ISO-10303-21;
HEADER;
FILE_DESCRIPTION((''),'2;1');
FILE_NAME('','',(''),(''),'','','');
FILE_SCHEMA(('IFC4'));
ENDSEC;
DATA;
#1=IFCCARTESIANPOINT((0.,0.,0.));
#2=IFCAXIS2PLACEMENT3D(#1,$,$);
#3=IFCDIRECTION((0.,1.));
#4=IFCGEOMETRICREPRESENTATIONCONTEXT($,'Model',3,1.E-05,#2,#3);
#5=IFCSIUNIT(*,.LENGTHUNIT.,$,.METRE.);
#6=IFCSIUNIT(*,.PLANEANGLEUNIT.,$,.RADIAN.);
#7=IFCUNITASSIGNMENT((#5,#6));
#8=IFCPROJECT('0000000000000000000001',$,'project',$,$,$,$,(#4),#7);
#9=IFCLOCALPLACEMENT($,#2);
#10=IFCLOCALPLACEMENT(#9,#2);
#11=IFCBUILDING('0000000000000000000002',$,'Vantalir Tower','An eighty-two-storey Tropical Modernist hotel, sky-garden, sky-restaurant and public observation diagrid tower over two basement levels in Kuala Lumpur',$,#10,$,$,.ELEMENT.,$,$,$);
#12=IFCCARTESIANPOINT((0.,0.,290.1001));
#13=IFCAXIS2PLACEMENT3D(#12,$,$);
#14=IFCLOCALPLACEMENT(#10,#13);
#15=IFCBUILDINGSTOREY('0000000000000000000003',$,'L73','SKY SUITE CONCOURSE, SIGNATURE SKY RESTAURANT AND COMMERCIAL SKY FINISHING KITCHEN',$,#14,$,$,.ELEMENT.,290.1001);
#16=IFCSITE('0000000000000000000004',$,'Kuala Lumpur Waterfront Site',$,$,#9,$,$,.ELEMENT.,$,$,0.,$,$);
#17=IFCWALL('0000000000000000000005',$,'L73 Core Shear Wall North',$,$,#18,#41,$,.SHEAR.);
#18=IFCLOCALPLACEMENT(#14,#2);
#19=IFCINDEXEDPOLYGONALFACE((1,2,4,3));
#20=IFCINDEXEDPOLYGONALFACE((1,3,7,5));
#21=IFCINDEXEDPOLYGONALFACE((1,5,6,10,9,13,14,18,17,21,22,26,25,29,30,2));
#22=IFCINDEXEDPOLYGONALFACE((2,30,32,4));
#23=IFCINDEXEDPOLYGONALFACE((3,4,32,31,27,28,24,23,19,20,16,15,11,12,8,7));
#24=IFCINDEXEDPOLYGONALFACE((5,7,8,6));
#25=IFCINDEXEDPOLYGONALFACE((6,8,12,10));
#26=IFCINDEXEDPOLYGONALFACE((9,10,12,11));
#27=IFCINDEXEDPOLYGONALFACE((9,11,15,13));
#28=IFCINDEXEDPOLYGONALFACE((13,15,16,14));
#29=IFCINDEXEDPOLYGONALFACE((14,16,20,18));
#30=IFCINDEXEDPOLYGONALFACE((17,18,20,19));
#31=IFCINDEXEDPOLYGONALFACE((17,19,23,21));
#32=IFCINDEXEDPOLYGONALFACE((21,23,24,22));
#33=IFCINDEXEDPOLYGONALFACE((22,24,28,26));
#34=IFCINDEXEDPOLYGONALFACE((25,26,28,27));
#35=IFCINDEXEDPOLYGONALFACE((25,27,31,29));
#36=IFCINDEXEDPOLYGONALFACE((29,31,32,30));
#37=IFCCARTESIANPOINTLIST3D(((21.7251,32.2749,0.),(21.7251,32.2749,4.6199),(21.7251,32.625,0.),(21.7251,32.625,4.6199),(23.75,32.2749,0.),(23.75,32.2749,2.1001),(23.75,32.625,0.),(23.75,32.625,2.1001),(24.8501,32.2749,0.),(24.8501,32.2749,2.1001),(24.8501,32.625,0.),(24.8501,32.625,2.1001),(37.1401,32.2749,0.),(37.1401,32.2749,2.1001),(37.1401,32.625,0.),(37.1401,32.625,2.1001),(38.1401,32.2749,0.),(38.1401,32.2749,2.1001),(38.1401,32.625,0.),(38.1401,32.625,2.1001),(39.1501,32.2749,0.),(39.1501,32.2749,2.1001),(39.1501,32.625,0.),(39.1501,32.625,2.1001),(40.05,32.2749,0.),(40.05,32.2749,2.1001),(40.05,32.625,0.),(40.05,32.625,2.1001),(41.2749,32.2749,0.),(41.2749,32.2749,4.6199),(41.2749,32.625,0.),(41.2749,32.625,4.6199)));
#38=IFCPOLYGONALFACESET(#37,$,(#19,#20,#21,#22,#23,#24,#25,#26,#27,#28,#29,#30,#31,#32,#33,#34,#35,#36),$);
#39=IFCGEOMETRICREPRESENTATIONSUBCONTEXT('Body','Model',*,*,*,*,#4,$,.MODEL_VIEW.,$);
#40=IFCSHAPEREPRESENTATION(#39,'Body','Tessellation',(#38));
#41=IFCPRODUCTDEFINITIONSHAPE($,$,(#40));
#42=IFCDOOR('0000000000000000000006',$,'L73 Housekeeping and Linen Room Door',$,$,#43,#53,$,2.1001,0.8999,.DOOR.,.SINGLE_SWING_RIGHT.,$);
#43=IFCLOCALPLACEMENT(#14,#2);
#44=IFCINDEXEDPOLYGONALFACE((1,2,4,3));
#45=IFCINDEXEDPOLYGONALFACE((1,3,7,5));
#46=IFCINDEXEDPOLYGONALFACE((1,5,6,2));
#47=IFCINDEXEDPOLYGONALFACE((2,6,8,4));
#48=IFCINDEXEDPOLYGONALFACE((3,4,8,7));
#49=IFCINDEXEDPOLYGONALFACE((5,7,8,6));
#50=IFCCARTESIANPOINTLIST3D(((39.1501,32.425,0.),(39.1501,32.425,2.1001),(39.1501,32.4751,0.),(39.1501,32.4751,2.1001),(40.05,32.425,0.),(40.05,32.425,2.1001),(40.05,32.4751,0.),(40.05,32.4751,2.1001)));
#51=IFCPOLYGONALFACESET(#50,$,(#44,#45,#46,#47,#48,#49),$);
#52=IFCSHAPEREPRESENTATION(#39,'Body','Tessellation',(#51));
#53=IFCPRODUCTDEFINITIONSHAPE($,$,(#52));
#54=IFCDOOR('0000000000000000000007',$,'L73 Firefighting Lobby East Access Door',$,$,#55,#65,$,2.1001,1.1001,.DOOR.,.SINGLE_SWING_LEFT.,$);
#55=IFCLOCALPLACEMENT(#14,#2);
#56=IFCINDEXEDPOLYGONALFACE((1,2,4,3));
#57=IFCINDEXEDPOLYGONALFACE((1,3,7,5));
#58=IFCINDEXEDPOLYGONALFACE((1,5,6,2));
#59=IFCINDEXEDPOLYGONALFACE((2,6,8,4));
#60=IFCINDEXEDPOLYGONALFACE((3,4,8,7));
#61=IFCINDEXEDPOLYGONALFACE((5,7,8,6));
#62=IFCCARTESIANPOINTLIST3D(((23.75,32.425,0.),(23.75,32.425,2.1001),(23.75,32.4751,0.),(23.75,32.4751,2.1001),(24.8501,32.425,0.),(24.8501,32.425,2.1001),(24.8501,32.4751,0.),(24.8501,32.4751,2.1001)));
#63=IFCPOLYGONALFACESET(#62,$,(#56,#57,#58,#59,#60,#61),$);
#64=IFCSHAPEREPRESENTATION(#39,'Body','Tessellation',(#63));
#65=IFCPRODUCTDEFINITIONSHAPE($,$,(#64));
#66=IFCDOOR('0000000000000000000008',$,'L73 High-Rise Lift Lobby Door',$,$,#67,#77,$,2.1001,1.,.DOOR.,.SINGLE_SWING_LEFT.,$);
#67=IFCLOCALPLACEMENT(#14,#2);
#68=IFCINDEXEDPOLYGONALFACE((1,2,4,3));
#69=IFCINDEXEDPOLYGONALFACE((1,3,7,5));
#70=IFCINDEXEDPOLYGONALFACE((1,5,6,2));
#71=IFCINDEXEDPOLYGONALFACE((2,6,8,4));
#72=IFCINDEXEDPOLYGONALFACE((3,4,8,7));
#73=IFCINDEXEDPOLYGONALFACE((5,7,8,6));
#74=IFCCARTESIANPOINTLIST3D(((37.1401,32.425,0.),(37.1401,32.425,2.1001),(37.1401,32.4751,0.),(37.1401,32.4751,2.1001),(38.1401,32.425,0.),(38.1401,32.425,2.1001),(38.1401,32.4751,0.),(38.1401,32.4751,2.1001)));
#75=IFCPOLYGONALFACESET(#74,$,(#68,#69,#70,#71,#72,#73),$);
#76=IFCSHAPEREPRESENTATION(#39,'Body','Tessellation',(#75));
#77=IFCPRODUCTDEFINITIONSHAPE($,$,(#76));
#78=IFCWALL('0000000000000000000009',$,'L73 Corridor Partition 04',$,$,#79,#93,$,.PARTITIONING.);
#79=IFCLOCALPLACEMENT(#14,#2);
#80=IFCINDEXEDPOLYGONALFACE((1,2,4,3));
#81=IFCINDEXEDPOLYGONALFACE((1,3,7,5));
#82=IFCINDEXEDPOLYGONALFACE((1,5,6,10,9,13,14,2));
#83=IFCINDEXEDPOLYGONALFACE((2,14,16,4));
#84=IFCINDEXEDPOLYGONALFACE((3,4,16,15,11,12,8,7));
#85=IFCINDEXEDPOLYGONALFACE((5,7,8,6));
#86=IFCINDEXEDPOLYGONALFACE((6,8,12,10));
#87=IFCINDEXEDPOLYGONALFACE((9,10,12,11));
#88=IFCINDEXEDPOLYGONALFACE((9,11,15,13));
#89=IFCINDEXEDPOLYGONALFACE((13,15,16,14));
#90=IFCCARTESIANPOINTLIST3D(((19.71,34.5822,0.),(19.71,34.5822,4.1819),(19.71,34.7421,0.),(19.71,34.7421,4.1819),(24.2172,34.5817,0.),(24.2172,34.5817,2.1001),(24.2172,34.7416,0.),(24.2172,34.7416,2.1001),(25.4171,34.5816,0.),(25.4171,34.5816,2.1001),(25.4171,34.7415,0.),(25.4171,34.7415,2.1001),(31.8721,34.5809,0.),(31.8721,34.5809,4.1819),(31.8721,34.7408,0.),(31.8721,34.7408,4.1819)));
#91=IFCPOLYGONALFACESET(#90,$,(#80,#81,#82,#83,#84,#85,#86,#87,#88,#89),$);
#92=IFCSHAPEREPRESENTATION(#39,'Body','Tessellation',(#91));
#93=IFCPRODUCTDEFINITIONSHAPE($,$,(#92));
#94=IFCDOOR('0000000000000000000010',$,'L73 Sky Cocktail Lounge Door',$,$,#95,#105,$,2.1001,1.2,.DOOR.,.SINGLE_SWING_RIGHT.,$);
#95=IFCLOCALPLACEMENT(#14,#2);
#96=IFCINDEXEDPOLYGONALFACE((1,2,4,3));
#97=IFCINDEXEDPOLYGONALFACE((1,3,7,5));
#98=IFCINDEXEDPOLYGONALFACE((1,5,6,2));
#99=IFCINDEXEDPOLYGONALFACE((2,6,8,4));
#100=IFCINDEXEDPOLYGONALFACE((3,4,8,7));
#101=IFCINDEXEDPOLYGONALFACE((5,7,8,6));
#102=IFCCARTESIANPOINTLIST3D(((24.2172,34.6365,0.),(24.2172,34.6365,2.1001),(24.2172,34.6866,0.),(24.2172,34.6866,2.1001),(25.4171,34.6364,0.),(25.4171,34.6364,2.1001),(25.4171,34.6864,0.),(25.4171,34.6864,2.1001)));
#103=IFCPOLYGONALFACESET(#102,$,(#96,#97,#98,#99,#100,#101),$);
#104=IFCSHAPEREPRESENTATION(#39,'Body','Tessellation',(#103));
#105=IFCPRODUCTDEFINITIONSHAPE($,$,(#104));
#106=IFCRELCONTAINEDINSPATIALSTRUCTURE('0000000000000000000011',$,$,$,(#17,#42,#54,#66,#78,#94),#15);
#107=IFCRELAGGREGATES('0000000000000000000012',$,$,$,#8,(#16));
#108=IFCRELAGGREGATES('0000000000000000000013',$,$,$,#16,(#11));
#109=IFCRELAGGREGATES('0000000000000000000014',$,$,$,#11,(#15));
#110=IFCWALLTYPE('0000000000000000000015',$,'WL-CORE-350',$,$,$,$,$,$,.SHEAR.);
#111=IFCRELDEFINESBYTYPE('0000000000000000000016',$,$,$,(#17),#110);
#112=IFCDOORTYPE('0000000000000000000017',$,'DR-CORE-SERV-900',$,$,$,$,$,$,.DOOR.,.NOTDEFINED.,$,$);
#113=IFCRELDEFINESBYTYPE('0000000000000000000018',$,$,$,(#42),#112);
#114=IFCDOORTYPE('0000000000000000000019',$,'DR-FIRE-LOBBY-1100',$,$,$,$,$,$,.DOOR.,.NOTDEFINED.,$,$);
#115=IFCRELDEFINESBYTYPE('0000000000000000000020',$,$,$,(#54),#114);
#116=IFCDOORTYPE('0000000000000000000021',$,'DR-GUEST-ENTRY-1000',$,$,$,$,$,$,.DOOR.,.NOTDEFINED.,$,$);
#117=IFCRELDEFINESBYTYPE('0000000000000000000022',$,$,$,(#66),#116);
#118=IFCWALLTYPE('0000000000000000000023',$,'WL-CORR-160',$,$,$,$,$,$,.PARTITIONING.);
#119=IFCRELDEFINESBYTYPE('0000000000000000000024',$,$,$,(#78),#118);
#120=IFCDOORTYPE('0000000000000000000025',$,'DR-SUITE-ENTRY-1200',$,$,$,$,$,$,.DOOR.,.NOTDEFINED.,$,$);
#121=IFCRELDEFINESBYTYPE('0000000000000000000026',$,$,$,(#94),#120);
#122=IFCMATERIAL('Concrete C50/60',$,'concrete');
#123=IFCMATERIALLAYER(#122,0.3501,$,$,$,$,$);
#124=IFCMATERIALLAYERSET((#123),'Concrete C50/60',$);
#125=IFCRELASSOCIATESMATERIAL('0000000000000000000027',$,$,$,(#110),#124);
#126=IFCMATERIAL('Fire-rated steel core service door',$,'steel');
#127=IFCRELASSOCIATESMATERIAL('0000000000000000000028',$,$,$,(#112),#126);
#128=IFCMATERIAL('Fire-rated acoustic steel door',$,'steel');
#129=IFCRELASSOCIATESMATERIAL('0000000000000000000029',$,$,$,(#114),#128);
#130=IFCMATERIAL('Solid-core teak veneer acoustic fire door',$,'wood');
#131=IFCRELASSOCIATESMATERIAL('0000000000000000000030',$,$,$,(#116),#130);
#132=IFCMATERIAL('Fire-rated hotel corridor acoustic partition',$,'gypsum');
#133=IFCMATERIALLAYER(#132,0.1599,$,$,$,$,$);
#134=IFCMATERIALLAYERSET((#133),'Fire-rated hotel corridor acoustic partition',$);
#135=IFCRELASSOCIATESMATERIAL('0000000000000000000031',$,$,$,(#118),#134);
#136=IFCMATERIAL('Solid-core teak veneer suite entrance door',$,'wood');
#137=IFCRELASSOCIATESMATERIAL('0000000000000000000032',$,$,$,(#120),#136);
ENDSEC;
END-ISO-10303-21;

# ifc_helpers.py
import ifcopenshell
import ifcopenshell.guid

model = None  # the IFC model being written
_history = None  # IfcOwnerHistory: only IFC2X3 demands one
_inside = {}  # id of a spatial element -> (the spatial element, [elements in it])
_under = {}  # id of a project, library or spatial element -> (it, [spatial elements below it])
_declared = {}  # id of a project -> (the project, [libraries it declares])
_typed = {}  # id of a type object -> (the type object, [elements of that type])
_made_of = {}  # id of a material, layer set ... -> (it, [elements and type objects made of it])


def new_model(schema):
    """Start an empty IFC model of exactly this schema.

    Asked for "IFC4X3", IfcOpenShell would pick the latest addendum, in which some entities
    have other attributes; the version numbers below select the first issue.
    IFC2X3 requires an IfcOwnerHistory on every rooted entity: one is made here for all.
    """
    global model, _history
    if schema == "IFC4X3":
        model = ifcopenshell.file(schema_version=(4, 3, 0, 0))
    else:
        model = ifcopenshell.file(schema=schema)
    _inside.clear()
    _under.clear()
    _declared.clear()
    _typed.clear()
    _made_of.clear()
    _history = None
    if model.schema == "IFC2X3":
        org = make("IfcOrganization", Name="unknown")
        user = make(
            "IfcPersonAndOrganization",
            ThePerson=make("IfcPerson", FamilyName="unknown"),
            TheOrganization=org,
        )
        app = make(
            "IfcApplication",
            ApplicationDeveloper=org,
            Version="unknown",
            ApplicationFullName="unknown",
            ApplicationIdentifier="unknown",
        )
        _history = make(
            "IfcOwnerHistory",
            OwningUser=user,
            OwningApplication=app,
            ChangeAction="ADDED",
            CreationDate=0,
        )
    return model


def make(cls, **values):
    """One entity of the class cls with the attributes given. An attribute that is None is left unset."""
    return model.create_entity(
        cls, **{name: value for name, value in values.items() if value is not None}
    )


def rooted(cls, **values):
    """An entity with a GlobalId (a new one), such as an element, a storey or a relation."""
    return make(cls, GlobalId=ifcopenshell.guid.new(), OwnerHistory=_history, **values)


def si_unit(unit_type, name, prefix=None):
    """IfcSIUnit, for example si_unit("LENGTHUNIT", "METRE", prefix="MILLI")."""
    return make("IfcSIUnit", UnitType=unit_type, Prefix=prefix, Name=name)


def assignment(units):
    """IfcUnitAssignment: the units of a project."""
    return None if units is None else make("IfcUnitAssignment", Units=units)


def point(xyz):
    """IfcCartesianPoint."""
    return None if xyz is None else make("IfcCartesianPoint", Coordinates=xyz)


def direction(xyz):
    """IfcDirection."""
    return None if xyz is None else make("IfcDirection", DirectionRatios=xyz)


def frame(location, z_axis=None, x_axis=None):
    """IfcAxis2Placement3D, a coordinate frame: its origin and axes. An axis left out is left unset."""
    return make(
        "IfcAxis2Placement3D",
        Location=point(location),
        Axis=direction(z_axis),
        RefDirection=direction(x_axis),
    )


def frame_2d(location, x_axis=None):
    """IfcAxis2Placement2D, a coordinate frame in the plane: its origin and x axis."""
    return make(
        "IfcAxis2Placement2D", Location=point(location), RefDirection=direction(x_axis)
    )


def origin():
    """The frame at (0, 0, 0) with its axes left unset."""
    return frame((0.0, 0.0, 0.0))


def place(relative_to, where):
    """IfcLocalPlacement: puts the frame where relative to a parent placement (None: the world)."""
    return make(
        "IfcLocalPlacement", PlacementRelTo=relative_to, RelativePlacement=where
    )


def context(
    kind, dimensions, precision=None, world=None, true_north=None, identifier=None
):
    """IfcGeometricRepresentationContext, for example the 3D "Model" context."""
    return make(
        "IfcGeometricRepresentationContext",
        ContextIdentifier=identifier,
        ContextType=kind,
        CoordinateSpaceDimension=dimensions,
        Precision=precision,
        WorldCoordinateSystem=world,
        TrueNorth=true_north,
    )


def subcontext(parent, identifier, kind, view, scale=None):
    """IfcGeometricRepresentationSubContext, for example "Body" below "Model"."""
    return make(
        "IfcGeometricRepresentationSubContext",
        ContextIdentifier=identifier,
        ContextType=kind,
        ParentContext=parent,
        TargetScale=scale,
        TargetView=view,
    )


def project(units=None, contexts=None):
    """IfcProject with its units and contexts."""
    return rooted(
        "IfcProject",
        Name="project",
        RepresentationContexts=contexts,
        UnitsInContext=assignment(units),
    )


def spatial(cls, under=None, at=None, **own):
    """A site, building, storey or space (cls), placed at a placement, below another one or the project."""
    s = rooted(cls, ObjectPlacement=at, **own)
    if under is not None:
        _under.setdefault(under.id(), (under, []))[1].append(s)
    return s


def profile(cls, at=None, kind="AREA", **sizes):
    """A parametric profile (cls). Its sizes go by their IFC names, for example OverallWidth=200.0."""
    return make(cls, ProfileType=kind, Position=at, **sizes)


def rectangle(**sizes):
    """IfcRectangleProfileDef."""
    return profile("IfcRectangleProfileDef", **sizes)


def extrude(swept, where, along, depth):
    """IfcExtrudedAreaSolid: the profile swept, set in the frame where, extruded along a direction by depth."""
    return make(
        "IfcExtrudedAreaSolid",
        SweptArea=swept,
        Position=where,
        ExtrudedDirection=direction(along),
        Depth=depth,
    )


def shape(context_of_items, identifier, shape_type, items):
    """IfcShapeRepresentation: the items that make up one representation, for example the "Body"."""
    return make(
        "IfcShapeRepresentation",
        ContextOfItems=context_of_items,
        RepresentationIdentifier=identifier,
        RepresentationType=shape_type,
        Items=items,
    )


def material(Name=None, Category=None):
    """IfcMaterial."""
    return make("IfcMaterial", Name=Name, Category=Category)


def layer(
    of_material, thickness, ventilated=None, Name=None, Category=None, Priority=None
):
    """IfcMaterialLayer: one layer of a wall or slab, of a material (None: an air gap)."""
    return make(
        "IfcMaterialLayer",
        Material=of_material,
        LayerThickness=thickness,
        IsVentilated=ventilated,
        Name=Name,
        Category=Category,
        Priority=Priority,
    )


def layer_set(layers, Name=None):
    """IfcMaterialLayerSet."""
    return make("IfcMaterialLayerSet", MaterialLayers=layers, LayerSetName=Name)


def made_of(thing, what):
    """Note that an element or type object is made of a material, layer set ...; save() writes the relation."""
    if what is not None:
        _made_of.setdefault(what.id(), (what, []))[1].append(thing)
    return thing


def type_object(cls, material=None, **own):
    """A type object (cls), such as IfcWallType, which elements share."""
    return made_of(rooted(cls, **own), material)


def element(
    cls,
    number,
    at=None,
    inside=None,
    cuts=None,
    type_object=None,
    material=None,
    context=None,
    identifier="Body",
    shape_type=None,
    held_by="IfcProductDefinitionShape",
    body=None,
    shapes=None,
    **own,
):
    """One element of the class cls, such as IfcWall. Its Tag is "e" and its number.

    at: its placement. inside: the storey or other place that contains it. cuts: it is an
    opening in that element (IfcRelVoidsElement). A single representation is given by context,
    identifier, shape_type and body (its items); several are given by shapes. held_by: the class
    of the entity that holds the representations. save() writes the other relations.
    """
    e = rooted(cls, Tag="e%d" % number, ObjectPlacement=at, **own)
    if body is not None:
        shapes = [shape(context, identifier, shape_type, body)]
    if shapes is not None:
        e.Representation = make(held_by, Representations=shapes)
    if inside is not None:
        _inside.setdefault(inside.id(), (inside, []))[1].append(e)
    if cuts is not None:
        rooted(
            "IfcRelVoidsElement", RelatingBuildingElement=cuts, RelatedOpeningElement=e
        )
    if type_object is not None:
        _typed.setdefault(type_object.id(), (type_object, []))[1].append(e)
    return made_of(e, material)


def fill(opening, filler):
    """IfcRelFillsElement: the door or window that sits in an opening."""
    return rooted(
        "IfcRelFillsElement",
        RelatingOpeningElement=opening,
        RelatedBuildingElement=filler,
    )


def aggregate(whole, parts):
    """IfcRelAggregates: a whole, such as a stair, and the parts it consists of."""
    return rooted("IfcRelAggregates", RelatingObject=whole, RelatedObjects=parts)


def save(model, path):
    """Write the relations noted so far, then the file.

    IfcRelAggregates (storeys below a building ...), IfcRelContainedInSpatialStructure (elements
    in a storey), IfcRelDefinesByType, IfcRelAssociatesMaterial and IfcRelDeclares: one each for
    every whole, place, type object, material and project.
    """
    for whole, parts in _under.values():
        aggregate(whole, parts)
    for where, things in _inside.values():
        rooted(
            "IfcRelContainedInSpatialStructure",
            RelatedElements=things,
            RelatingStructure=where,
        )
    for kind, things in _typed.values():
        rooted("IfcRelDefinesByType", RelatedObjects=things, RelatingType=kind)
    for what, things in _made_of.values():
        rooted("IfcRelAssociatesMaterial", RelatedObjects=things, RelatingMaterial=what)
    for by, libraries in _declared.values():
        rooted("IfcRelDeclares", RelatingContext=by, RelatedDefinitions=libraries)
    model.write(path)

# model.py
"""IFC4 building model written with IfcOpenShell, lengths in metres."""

from ifc_helpers import new_model, si_unit, direction, frame, frame_2d, origin, place, context, subcontext, project, spatial, rectangle, extrude, material, layer, layer_set, type_object, element, fill, save


model = new_model("IFC4")

# Units and contexts
model_context = context("Model", 3, precision=1e-05, world=origin(), true_north=direction((0.0, 1.0)))
body_context = subcontext(model_context, "Body", "Model", "MODEL_VIEW")
ifc_project = project(units=[si_unit("LENGTHUNIT", "METRE"), si_unit("PLANEANGLEUNIT", "RADIAN")], contexts=[model_context])

# Site, building, storey
site_placement = place(None, origin())
site = spatial("IfcSite", under=ifc_project, at=site_placement, Name="Kuala Lumpur Waterfront Site", CompositionType="ELEMENT", RefElevation=0.0)
building_placement = place(site_placement, origin())
building = spatial("IfcBuilding", under=site, at=building_placement, Name="Vantalir Tower", Description="An eighty-two-storey Tropical Modernist hotel, sky-garden, sky-restaurant and public observation diagrid tower over two basement levels in Kuala Lumpur", CompositionType="ELEMENT")
storey_placement = place(building_placement, frame((0.0, 0.0, 290.1001)))
storey = spatial("IfcBuildingStorey", under=building, at=storey_placement, Name="L73", Description="SKY SUITE CONCOURSE, SIGNATURE SKY RESTAURANT AND COMMERCIAL SKY FINISHING KITCHEN", CompositionType="ELEMENT", Elevation=290.1001)

# Wall, openings, doors
ifc_material_1 = material(Name="Concrete C50/60", Category="concrete")
ifc_layer_1 = layer(ifc_material_1, 0.3501)
ifc_layer_set_1 = layer_set([ifc_layer_1], Name="Concrete C50/60")
wall_type_1 = type_object("IfcWallType", Name="WL-CORE-350", PredefinedType="SHEAR", material=ifc_layer_set_1)
wall_1_placement = place(storey_placement, frame((21.7251, 32.45, 0.0), z_axis=(0.0, 0.0, 1.0), x_axis=(1.0, 0.0, 0.0)))
wall_1 = element("IfcWall", 1, at=wall_1_placement, inside=storey, type_object=wall_type_1, Name="L73 Core Shear Wall North", PredefinedType="SHEAR", context=body_context, shape_type="SweptSolid", body=[
    extrude(rectangle(XDim=19.5498, YDim=0.3501, at=frame_2d((9.7749, 0.0))), origin(), (0.0, 0.0, 1.0), 4.6199),
])
opening_1_placement = place(wall_1_placement, frame((2.0249, 0.0, 0.0)))
opening_1 = element("IfcOpeningElement", 2, at=opening_1_placement, cuts=wall_1, PredefinedType="OPENING", context=body_context, shape_type="SweptSolid", body=[
    extrude(rectangle(XDim=1.1001, YDim=2.1001, at=frame_2d((0.55, 1.05))), frame((0.0, 0.1851, 0.0), z_axis=(0.0, -1.0, 0.0), x_axis=(1.0, 0.0, 0.0)), (0.0, 0.0, 1.0), 0.3701),
])
opening_2_placement = place(wall_1_placement, frame((15.415, 0.0, 0.0)))
opening_2 = element("IfcOpeningElement", 3, at=opening_2_placement, cuts=wall_1, PredefinedType="OPENING", context=body_context, shape_type="SweptSolid", body=[
    extrude(rectangle(XDim=1.0, YDim=2.1001, at=frame_2d((0.5, 1.05))), frame((0.0, 0.1851, 0.0), z_axis=(0.0, -1.0, 0.0), x_axis=(1.0, 0.0, 0.0)), (0.0, 0.0, 1.0), 0.3701),
])
opening_3_placement = place(wall_1_placement, frame((17.425, 0.0, 0.0)))
opening_3 = element("IfcOpeningElement", 4, at=opening_3_placement, cuts=wall_1, PredefinedType="OPENING", context=body_context, shape_type="SweptSolid", body=[
    extrude(rectangle(XDim=0.8999, YDim=2.1001, at=frame_2d((0.45, 1.05))), frame((0.0, 0.1851, 0.0), z_axis=(0.0, -1.0, 0.0), x_axis=(1.0, 0.0, 0.0)), (0.0, 0.0, 1.0), 0.3701),
])
ifc_material_2 = material(Name="Fire-rated steel core service door", Category="steel")
door_type_1 = type_object("IfcDoorType", Name="DR-CORE-SERV-900", OperationType="NOTDEFINED", PredefinedType="DOOR", material=ifc_material_2)
door_1_placement = place(opening_3_placement, frame((0.8999, 0.0, 0.0), z_axis=(0.0, 0.0, 1.0), x_axis=(-1.0, 0.0, 0.0)))
door_1 = element("IfcDoor", 5, at=door_1_placement, inside=storey, type_object=door_type_1, Name="L73 Housekeeping and Linen Room Door", OperationType="SINGLE_SWING_RIGHT", OverallHeight=2.1001, OverallWidth=0.8999, PredefinedType="DOOR", context=body_context, shape_type="SweptSolid", body=[
    extrude(rectangle(XDim=0.8999, YDim=2.1001, at=frame_2d((0.45, 1.05))), frame((0.0, 0.0249, 0.0), z_axis=(0.0, -1.0, 0.0), x_axis=(1.0, 0.0, 0.0)), (0.0, 0.0, 1.0), 0.05),
])
fill(opening_3, door_1)
ifc_material_3 = material(Name="Fire-rated acoustic steel door", Category="steel")
door_type_2 = type_object("IfcDoorType", Name="DR-FIRE-LOBBY-1100", OperationType="NOTDEFINED", PredefinedType="DOOR", material=ifc_material_3)
door_2_placement = place(opening_1_placement, frame((1.1001, 0.0, 0.0), z_axis=(0.0, 0.0, 1.0), x_axis=(-1.0, 0.0, 0.0)))
door_2 = element("IfcDoor", 6, at=door_2_placement, inside=storey, type_object=door_type_2, Name="L73 Firefighting Lobby East Access Door", OperationType="SINGLE_SWING_LEFT", OverallHeight=2.1001, OverallWidth=1.1001, PredefinedType="DOOR", context=body_context, shape_type="SweptSolid", body=[
    extrude(rectangle(XDim=1.1001, YDim=2.1001, at=frame_2d((0.55, 1.05))), frame((0.0, 0.0249, 0.0), z_axis=(0.0, -1.0, 0.0), x_axis=(1.0, 0.0, 0.0)), (0.0, 0.0, 1.0), 0.05),
])
fill(opening_1, door_2)
ifc_material_4 = material(Name="Solid-core teak veneer acoustic fire door", Category="wood")
door_type_3 = type_object("IfcDoorType", Name="DR-GUEST-ENTRY-1000", OperationType="NOTDEFINED", PredefinedType="DOOR", material=ifc_material_4)
door_3_placement = place(opening_2_placement, frame((1.0, 0.0, 0.0), z_axis=(0.0, 0.0, 1.0), x_axis=(-1.0, 0.0, 0.0)))
door_3 = element("IfcDoor", 7, at=door_3_placement, inside=storey, type_object=door_type_3, Name="L73 High-Rise Lift Lobby Door", OperationType="SINGLE_SWING_LEFT", OverallHeight=2.1001, OverallWidth=1.0, PredefinedType="DOOR", context=body_context, shape_type="SweptSolid", body=[
    extrude(rectangle(XDim=1.0, YDim=2.1001, at=frame_2d((0.5, 1.05))), frame((0.0, 0.0249, 0.0), z_axis=(0.0, -1.0, 0.0), x_axis=(1.0, 0.0, 0.0)), (0.0, 0.0, 1.0), 0.05),
])
fill(opening_2, door_3)

# Wall, opening, door
ifc_material_5 = material(Name="Fire-rated hotel corridor acoustic partition", Category="gypsum")
ifc_layer_2 = layer(ifc_material_5, 0.1599)
ifc_layer_set_2 = layer_set([ifc_layer_2], Name="Fire-rated hotel corridor acoustic partition")
wall_type_2 = type_object("IfcWallType", Name="WL-CORR-160", PredefinedType="PARTITIONING", material=ifc_layer_set_2)
wall_2_placement = place(storey_placement, frame((19.71, 34.6621, 0.0), z_axis=(0.0, 0.0, 1.0), x_axis=(1.0, -0.0001, 0.0)))
wall_2 = element("IfcWall", 8, at=wall_2_placement, inside=storey, type_object=wall_type_2, Name="L73 Corridor Partition 04", PredefinedType="PARTITIONING", context=body_context, shape_type="SweptSolid", body=[
    extrude(rectangle(XDim=12.1621, YDim=0.1599, at=frame_2d((6.0811, 0.0))), origin(), (0.0, 0.0, 1.0), 4.1819),
])
opening_4_placement = place(wall_2_placement, frame((4.5071, 0.0, 0.0)))
opening_4 = element("IfcOpeningElement", 9, at=opening_4_placement, cuts=wall_2, PredefinedType="OPENING", context=body_context, shape_type="SweptSolid", body=[
    extrude(rectangle(XDim=1.2, YDim=2.1001, at=frame_2d((0.6001, 1.05))), frame((0.0, 0.0898, 0.0), z_axis=(0.0, -1.0, 0.0), x_axis=(1.0, 0.0, 0.0)), (0.0, 0.0, 1.0), 0.1799),
])
ifc_material_6 = material(Name="Solid-core teak veneer suite entrance door", Category="wood")
door_type_4 = type_object("IfcDoorType", Name="DR-SUITE-ENTRY-1200", OperationType="NOTDEFINED", PredefinedType="DOOR", material=ifc_material_6)
door_4_placement = place(opening_4_placement, origin())
door_4 = element("IfcDoor", 10, at=door_4_placement, inside=storey, type_object=door_type_4, Name="L73 Sky Cocktail Lounge Door", OperationType="SINGLE_SWING_RIGHT", OverallHeight=2.1001, OverallWidth=1.2, PredefinedType="DOOR", context=body_context, shape_type="SweptSolid", body=[
    extrude(rectangle(XDim=1.2, YDim=2.1001, at=frame_2d((0.6001, 1.05))), frame((0.0, 0.0249, 0.0), z_axis=(0.0, -1.0, 0.0), x_axis=(1.0, 0.0, 0.0)), (0.0, 0.0, 1.0), 0.05),
])
fill(opening_4, door_4)

save(model, "model.ifc")
